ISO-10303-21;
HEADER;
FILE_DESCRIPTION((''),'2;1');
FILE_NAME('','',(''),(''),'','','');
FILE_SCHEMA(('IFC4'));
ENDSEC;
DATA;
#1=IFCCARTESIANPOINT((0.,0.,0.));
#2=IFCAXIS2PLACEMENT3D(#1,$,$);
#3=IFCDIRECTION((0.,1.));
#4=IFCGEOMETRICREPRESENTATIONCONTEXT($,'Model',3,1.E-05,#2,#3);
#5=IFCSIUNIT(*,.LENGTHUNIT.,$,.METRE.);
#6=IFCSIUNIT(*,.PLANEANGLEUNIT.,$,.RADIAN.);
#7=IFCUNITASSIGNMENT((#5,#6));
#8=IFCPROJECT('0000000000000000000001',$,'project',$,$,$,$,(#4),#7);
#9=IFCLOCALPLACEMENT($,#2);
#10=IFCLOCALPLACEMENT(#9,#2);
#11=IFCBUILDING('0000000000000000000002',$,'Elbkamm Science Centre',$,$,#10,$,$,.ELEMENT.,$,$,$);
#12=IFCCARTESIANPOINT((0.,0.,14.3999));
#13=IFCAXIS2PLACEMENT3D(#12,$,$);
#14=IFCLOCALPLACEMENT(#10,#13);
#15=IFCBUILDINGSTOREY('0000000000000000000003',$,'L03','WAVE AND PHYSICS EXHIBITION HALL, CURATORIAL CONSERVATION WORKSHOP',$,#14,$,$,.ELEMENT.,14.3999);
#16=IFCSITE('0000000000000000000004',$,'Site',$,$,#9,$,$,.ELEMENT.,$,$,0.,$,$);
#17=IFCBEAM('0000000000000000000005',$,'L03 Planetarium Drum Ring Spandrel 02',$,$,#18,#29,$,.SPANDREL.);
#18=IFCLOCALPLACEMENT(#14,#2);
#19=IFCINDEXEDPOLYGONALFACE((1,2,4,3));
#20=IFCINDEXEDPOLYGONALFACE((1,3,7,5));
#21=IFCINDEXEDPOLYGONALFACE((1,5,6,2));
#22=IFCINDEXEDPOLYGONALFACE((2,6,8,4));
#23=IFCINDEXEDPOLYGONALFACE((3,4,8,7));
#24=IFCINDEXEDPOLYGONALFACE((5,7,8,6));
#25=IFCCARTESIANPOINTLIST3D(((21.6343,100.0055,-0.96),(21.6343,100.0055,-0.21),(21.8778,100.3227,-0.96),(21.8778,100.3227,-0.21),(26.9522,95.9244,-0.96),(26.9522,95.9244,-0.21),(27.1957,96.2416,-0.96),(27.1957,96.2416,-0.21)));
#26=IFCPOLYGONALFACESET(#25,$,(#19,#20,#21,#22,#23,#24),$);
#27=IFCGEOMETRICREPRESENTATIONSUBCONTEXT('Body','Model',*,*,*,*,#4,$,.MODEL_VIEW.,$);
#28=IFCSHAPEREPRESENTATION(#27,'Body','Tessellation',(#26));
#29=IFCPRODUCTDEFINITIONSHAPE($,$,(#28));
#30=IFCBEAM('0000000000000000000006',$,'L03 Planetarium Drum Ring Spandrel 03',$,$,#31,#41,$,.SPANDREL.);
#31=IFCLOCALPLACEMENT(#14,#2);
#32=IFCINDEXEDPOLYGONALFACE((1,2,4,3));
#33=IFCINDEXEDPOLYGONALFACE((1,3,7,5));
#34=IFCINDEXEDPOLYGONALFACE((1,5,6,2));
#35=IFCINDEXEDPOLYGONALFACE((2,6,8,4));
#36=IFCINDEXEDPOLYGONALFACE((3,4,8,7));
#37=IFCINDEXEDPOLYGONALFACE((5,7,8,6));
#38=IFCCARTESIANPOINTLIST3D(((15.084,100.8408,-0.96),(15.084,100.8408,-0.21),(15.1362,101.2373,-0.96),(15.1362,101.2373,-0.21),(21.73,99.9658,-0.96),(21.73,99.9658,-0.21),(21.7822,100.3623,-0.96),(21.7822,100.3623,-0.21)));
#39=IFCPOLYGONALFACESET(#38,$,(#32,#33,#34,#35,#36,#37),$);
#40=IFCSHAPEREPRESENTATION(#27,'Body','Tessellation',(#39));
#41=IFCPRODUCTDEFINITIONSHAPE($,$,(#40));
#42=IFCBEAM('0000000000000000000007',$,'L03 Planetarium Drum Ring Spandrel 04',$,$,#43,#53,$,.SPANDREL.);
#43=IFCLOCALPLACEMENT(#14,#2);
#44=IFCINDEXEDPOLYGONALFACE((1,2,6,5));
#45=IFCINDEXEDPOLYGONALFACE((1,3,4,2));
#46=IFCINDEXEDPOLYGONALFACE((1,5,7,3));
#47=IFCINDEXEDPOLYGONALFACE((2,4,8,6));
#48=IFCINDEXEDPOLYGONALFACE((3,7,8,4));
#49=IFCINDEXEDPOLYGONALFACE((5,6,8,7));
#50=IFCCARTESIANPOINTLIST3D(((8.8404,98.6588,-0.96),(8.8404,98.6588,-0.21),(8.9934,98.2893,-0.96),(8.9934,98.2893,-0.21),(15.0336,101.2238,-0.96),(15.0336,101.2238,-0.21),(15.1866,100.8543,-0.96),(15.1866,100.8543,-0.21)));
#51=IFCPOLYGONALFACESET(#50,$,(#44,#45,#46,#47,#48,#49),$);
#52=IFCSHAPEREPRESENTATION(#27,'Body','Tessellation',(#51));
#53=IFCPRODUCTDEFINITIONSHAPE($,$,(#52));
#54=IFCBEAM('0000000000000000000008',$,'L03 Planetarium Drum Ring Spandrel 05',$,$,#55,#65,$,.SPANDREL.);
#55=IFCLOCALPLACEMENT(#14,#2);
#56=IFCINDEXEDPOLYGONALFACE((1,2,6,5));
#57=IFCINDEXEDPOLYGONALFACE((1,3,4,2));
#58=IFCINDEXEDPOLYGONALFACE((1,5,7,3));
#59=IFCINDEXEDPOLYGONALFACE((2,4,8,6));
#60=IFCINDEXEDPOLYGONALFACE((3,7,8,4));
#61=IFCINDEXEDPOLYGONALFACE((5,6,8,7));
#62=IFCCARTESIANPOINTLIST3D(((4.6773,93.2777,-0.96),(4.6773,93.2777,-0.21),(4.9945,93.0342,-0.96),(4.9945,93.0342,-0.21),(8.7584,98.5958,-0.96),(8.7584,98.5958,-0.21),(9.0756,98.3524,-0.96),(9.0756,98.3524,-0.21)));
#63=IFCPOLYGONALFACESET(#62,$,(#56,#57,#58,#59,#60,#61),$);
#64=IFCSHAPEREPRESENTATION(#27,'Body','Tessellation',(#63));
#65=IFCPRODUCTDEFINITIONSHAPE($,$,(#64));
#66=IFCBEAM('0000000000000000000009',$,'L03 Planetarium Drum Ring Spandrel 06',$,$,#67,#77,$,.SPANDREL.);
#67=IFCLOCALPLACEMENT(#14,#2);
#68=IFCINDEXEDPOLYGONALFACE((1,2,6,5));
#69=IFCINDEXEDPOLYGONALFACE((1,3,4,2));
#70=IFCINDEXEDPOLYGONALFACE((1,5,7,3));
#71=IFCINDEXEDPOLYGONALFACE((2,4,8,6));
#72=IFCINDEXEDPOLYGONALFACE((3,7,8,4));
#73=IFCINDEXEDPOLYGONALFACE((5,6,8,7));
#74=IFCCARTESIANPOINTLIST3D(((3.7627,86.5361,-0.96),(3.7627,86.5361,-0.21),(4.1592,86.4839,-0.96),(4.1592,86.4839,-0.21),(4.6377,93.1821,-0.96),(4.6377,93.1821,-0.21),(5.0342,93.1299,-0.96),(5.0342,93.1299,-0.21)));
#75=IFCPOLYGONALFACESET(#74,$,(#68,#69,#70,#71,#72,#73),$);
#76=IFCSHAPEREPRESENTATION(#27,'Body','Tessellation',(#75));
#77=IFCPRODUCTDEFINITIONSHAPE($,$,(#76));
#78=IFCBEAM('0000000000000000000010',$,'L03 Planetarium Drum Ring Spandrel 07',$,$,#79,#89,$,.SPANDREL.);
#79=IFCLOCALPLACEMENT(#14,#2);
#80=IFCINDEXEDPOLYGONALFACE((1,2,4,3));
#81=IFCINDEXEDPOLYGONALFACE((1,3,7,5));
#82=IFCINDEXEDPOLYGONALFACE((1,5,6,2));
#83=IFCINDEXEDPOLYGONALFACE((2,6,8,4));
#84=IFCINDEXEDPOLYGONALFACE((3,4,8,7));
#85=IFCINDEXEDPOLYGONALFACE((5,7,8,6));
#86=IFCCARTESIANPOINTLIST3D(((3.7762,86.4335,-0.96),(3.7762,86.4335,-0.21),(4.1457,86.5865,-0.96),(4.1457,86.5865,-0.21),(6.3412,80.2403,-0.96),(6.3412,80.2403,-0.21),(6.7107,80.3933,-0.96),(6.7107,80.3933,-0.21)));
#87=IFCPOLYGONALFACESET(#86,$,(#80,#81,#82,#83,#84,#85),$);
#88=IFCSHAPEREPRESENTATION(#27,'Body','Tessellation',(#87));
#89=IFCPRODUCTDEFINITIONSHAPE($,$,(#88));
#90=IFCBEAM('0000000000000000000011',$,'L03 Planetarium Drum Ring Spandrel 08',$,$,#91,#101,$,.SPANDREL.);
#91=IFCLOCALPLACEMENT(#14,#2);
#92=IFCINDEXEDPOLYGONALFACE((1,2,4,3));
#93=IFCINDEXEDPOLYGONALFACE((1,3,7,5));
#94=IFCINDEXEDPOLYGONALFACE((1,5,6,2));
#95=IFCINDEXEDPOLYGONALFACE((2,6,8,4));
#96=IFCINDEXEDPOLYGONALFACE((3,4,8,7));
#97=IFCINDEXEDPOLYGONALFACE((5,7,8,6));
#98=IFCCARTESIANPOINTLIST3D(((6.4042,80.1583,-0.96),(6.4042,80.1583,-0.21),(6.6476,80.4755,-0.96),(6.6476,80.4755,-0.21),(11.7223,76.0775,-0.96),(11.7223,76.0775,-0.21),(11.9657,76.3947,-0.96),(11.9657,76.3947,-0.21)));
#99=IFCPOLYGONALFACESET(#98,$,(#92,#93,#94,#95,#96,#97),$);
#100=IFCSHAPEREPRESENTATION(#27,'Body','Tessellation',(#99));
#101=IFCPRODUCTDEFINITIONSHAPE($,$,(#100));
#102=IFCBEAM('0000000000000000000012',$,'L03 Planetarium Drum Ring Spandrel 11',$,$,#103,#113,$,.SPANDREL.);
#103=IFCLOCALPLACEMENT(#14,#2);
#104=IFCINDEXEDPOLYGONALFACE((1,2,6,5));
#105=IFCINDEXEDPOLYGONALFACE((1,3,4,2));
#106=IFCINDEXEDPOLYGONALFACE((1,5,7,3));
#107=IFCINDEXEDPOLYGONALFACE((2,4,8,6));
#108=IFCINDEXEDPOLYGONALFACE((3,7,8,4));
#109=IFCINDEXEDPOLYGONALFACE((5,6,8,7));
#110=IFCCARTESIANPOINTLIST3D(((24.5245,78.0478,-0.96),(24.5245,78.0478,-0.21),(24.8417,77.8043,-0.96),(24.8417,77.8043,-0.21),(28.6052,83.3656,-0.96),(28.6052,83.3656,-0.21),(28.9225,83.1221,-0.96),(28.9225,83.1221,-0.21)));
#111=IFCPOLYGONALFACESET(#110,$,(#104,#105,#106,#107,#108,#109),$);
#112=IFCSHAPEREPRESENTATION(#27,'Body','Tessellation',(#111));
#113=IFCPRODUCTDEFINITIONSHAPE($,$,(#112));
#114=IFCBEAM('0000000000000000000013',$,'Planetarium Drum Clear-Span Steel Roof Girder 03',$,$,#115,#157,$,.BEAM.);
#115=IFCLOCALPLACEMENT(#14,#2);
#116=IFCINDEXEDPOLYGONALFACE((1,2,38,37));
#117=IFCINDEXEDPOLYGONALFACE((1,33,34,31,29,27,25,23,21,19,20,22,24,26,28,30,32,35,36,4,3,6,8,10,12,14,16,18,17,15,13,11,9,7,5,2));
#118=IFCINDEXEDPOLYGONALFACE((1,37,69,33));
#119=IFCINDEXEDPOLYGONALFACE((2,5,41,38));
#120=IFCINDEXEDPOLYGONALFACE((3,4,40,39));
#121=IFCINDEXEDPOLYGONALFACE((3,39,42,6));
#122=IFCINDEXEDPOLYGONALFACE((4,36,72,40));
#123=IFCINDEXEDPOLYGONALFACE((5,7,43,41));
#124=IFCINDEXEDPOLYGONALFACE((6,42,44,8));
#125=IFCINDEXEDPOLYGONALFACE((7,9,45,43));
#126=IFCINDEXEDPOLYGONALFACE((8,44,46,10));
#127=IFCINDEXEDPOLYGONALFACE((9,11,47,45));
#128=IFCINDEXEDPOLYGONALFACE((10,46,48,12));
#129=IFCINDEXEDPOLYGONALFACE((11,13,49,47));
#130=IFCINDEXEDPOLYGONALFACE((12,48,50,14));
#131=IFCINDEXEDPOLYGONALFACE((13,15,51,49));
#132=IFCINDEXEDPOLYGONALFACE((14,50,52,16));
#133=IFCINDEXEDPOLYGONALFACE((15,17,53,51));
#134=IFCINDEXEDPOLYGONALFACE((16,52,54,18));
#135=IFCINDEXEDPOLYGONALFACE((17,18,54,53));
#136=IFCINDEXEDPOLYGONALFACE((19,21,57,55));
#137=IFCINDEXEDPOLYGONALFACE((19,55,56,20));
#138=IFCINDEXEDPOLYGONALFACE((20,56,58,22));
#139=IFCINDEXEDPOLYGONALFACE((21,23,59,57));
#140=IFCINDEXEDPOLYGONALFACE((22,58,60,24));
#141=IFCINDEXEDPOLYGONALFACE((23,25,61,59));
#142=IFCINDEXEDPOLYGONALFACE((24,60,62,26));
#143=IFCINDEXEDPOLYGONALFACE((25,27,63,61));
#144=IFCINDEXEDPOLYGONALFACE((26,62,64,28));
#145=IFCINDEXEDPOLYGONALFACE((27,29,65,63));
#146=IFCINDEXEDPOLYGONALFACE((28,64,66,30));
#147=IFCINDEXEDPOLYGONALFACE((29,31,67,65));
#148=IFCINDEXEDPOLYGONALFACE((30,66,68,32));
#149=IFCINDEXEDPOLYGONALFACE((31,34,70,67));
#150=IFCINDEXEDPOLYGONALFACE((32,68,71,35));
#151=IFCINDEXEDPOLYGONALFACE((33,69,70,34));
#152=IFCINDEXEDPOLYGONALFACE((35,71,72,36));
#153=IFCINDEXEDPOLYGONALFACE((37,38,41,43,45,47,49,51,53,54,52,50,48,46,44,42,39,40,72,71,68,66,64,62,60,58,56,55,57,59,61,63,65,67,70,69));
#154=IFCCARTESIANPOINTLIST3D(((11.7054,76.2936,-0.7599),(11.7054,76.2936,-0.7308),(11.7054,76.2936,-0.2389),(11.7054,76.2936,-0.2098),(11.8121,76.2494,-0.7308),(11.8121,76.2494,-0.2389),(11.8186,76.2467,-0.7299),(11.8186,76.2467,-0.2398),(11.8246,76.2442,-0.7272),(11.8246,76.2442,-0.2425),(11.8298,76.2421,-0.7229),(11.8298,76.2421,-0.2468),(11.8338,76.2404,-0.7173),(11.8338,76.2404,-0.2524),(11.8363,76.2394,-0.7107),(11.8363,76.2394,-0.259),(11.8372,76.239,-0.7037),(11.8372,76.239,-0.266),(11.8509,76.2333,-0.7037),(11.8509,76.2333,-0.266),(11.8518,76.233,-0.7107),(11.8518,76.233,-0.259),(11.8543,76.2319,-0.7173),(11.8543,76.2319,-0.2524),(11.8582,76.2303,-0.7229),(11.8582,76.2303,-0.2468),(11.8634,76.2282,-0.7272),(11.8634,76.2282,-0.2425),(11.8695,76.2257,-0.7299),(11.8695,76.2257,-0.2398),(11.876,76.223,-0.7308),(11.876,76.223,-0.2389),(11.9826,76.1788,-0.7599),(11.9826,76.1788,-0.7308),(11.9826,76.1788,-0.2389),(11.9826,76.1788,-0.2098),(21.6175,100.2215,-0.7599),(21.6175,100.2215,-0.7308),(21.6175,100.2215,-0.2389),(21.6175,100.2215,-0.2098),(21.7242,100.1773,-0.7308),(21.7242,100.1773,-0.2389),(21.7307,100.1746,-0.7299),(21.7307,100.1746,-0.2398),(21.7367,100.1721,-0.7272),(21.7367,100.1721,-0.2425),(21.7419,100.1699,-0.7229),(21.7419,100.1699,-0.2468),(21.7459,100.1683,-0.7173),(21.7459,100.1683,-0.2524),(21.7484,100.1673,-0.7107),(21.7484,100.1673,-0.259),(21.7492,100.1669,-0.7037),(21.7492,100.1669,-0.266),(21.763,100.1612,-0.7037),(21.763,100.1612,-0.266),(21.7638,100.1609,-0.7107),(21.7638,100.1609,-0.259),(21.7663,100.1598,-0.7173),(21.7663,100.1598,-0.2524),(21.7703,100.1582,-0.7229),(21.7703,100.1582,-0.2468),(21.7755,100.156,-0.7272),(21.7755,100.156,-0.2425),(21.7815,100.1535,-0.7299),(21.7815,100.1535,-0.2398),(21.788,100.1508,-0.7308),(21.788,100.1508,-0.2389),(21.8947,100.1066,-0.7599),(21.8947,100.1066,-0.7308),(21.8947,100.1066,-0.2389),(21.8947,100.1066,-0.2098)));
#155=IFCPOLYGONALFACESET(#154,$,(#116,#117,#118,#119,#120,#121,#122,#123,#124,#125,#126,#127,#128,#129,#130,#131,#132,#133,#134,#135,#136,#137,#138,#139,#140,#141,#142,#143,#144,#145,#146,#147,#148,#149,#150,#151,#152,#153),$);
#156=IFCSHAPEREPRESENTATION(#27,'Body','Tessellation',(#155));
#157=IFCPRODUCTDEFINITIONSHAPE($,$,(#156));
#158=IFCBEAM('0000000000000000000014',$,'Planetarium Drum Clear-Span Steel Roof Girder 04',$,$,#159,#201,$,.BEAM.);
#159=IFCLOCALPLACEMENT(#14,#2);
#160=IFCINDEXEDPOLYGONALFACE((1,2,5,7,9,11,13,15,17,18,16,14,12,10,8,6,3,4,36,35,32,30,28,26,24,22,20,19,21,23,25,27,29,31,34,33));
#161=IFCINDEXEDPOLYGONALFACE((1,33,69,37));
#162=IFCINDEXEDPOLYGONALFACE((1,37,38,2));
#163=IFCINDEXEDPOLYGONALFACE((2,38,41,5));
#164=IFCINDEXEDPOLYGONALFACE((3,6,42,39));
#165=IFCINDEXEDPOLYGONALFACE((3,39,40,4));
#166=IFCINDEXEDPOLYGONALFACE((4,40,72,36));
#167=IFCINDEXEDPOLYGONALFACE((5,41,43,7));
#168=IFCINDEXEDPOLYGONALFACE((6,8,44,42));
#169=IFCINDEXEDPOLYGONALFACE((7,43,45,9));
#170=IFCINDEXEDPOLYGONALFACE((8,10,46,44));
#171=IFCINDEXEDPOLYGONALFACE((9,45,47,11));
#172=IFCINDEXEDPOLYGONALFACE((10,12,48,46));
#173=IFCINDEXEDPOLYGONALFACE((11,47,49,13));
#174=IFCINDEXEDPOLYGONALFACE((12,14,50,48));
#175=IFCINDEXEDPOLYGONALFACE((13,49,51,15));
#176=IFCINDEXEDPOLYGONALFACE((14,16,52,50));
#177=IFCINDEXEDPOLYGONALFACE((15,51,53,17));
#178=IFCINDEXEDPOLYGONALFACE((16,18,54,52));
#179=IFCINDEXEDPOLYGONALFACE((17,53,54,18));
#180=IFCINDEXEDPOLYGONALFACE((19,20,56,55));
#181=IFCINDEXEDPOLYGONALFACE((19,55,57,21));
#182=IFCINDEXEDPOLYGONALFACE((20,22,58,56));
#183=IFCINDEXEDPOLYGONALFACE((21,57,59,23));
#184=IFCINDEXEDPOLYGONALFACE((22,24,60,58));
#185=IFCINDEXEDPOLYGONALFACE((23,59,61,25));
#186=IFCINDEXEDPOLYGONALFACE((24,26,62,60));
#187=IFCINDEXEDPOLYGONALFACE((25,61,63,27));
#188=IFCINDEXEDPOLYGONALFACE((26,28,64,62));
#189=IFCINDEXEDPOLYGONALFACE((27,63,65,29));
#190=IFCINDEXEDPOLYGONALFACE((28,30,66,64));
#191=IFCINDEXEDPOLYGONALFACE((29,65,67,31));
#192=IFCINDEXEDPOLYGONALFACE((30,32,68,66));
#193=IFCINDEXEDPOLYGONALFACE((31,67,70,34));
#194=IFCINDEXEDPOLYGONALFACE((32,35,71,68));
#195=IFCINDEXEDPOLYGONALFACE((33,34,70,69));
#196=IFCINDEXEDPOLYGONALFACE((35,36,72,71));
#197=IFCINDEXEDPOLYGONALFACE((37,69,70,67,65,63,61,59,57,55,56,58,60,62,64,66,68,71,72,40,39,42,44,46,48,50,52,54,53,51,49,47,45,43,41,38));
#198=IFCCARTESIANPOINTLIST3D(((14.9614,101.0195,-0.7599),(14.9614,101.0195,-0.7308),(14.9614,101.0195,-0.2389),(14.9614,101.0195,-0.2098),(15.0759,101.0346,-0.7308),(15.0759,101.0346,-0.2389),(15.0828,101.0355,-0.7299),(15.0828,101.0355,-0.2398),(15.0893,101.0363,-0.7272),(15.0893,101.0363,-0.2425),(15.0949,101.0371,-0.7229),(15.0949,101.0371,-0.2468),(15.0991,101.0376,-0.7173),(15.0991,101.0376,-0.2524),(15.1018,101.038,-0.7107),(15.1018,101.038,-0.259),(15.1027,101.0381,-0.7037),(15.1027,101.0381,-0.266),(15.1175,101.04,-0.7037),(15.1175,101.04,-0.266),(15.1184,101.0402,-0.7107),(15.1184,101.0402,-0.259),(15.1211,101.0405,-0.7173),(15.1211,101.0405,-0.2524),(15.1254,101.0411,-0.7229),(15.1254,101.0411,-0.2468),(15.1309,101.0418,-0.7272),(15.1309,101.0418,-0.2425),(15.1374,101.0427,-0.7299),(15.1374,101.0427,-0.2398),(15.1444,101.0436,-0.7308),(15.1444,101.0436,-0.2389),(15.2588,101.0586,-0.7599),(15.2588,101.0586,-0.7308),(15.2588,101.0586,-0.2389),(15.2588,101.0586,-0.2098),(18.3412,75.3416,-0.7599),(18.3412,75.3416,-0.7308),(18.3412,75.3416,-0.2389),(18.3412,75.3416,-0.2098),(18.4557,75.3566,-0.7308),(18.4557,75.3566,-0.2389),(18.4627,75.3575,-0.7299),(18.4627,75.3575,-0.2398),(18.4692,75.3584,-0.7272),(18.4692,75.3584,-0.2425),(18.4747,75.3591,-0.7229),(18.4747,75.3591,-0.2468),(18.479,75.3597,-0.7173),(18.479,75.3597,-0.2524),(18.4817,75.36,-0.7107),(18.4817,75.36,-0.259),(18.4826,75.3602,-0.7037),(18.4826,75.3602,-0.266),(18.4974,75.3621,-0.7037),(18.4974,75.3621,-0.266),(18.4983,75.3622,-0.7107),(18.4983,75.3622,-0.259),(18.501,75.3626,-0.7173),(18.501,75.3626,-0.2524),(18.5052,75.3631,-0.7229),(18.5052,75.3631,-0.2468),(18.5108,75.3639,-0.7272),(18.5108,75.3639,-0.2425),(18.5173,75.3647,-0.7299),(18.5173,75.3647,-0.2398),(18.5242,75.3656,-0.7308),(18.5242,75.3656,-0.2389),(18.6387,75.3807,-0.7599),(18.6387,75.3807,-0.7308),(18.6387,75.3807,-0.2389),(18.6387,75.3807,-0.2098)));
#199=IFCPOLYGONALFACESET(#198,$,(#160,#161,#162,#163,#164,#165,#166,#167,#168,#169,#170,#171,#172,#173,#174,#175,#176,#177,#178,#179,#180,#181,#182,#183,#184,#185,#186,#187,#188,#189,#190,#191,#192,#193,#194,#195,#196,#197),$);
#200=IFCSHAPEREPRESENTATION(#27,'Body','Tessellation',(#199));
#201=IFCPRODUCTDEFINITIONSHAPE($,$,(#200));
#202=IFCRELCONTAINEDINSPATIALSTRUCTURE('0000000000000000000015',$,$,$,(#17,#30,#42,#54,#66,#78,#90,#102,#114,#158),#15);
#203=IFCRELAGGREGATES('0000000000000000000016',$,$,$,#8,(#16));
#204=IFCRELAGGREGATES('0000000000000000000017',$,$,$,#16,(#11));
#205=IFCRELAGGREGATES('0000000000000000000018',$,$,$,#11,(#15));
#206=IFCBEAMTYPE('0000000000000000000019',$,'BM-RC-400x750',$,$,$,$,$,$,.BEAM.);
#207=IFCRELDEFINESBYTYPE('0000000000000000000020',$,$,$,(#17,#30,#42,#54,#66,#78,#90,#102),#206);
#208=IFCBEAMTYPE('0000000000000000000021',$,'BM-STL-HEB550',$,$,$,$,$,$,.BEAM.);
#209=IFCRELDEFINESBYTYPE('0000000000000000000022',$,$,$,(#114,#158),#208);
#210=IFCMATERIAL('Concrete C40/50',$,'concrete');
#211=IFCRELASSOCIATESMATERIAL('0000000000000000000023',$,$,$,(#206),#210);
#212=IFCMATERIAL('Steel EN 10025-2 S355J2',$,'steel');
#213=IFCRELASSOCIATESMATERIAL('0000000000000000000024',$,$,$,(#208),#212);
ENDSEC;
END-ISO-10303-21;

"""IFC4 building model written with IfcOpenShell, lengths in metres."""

from ifc_helpers import new_model, si_unit, direction, frame, origin, origin_2d, place, context, subcontext, project, spatial, rectangle, i_section, extrude, material, material_profile, profile_set, type_object, element, save


model = new_model("IFC4")

# Units and contexts
model_context = context("Model", 3, precision=1e-05, world=origin(), true_north=direction((0.0, 1.0)))
body_context = subcontext(model_context, "Body", "Model", "MODEL_VIEW")
ifc_project = project(units=[si_unit("LENGTHUNIT", "METRE"), si_unit("PLANEANGLEUNIT", "RADIAN")], contexts=[model_context])

# Site, building, storey
site_placement = place(None, origin())
site = spatial("IfcSite", under=ifc_project, at=site_placement, Name="Site", CompositionType="ELEMENT", RefElevation=0.0)
building_placement = place(site_placement, origin())
building = spatial("IfcBuilding", under=site, at=building_placement, Name="Elbkamm Science Centre", CompositionType="ELEMENT")
storey_placement = place(building_placement, frame((0.0, 0.0, 14.3999)))
storey = spatial("IfcBuildingStorey", under=building, at=storey_placement, Name="L03", Description="WAVE AND PHYSICS EXHIBITION HALL, CURATORIAL CONSERVATION WORKSHOP", CompositionType="ELEMENT", Elevation=14.3999)

# Beams
ifc_material_1 = material(Name="Concrete C40/50", Category="concrete")
ifc_material_profile_1 = material_profile(ifc_material_1, rectangle(XDim=0.3999, YDim=0.75, at=origin_2d()), Name="RC 400x750")
ifc_profile_set_1 = profile_set([ifc_material_profile_1], Name="Concrete C40/50")
beam_type_1 = type_object("IfcBeamType", Name="BM-RC-400x750", PredefinedType="BEAM", material=ifc_profile_set_1)
for number, where, z_axis, x_axis, name in (
    (1, (27.074, 96.083, -0.585), (-0.793317, 0.608809, 0.0), (-0.608809, -0.793317, 0.0), "L03 Planetarium Drum Ring Spandrel 02"),
    (2, (21.7561, 100.1641, -0.585), (-0.991444, 0.130532, 0.0), (-0.130532, -0.991444, 0.0), "L03 Planetarium Drum Ring Spandrel 03"),
    (3, (15.1101, 101.0391, -0.585), (-0.923897, -0.382641, 0.0), (0.382641, -0.923897, 0.0), "L03 Planetarium Drum Ring Spandrel 04"),
):
    element("IfcBeam", number, at=place(storey_placement, frame(where, z_axis=z_axis, x_axis=x_axis)), inside=storey, type_object=beam_type_1, Name=name, PredefinedType="SPANDREL", context=body_context, shape_type="SweptSolid", body=[
        extrude(rectangle(XDim=0.3999, YDim=0.75, at=origin_2d()), origin(), (0.0, 0.0, 1.0), 6.7034),
    ])
beam_1_placement = place(storey_placement, frame((8.917, 98.4741, -0.585), z_axis=(-0.608792, -0.79333, 0.0), x_axis=(0.79333, -0.608792, 0.0)))
element("IfcBeam", 4, at=beam_1_placement, inside=storey, type_object=beam_type_1, Name="L03 Planetarium Drum Ring Spandrel 05", PredefinedType="SPANDREL", context=body_context, shape_type="SweptSolid", body=[
    extrude(rectangle(XDim=0.3999, YDim=0.75, at=origin_2d()), origin(), (0.0, 0.0, 1.0), 6.7036),
])
for number, where, z_axis, x_axis, name in (
    (5, (4.8359, 93.156, -0.585), (-0.130532, -0.991444, 0.0), (0.991444, -0.130532, 0.0), "L03 Planetarium Drum Ring Spandrel 06"),
    (6, (3.9609, 86.51, -0.585), (0.382641, -0.923897, 0.0), (0.923897, 0.382641, 0.0), "L03 Planetarium Drum Ring Spandrel 07"),
    (7, (6.5259, 80.3169, -0.585), (0.793348, -0.608769, 0.0), (0.608769, 0.793348, 0.0), "L03 Planetarium Drum Ring Spandrel 08"),
):
    element("IfcBeam", number, at=place(storey_placement, frame(where, z_axis=z_axis, x_axis=x_axis)), inside=storey, type_object=beam_type_1, Name=name, PredefinedType="SPANDREL", context=body_context, shape_type="SweptSolid", body=[
        extrude(rectangle(XDim=0.3999, YDim=0.75, at=origin_2d()), origin(), (0.0, 0.0, 1.0), 6.7034),
    ])
beam_2_placement = place(storey_placement, frame((24.6831, 77.926, -0.585), z_axis=(0.608786, 0.793334, 0.0), x_axis=(-0.793334, 0.608786, 0.0)))
element("IfcBeam", 8, at=beam_2_placement, inside=storey, type_object=beam_type_1, Name="L03 Planetarium Drum Ring Spandrel 11", PredefinedType="SPANDREL", context=body_context, shape_type="SweptSolid", body=[
    extrude(rectangle(XDim=0.3999, YDim=0.75, at=origin_2d()), origin(), (0.0, 0.0, 1.0), 6.7031),
])
ifc_material_2 = material(Name="Steel EN 10025-2 S355J2", Category="steel")
ifc_material_profile_2 = material_profile(ifc_material_2, i_section(OverallWidth=0.3, OverallDepth=0.55, WebThickness=0.0149, FlangeThickness=0.0291, FilletRadius=0.0271, at=origin_2d()), Name="HEB 550")
ifc_profile_set_2 = profile_set([ifc_material_profile_2], Name="Steel EN 10025-2 S355J2")
beam_type_2 = type_object("IfcBeamType", Name="BM-STL-HEB550", PredefinedType="BEAM", material=ifc_profile_set_2)
beam_3_placement = place(storey_placement, frame((21.7561, 100.1641, -0.4849), z_axis=(-0.38271, -0.923868, 0.0), x_axis=(0.923868, -0.38271, 0.0)))
element("IfcBeam", 9, at=beam_3_placement, inside=storey, type_object=beam_type_2, Name="Planetarium Drum Clear-Span Steel Roof Girder 03", PredefinedType="BEAM", context=body_context, shape_type="SweptSolid", body=[
    extrude(i_section(OverallWidth=0.3, OverallDepth=0.55, WebThickness=0.0149, FlangeThickness=0.0291, FilletRadius=0.0271, at=origin_2d()), origin(), (0.0, 0.0, 1.0), 25.8997),
])
beam_4_placement = place(storey_placement, frame((15.1101, 101.0391, -0.4849), z_axis=(0.1305, -0.991448, 0.0), x_axis=(0.991448, 0.1305, 0.0)))
element("IfcBeam", 10, at=beam_4_placement, inside=storey, type_object=beam_type_2, Name="Planetarium Drum Clear-Span Steel Roof Girder 04", PredefinedType="BEAM", context=body_context, shape_type="SweptSolid", body=[
    extrude(i_section(OverallWidth=0.3, OverallDepth=0.55, WebThickness=0.0149, FlangeThickness=0.0291, FilletRadius=0.0271, at=origin_2d()), origin(), (0.0, 0.0, 1.0), 25.8994),
])

save(model, "model.ifc")
